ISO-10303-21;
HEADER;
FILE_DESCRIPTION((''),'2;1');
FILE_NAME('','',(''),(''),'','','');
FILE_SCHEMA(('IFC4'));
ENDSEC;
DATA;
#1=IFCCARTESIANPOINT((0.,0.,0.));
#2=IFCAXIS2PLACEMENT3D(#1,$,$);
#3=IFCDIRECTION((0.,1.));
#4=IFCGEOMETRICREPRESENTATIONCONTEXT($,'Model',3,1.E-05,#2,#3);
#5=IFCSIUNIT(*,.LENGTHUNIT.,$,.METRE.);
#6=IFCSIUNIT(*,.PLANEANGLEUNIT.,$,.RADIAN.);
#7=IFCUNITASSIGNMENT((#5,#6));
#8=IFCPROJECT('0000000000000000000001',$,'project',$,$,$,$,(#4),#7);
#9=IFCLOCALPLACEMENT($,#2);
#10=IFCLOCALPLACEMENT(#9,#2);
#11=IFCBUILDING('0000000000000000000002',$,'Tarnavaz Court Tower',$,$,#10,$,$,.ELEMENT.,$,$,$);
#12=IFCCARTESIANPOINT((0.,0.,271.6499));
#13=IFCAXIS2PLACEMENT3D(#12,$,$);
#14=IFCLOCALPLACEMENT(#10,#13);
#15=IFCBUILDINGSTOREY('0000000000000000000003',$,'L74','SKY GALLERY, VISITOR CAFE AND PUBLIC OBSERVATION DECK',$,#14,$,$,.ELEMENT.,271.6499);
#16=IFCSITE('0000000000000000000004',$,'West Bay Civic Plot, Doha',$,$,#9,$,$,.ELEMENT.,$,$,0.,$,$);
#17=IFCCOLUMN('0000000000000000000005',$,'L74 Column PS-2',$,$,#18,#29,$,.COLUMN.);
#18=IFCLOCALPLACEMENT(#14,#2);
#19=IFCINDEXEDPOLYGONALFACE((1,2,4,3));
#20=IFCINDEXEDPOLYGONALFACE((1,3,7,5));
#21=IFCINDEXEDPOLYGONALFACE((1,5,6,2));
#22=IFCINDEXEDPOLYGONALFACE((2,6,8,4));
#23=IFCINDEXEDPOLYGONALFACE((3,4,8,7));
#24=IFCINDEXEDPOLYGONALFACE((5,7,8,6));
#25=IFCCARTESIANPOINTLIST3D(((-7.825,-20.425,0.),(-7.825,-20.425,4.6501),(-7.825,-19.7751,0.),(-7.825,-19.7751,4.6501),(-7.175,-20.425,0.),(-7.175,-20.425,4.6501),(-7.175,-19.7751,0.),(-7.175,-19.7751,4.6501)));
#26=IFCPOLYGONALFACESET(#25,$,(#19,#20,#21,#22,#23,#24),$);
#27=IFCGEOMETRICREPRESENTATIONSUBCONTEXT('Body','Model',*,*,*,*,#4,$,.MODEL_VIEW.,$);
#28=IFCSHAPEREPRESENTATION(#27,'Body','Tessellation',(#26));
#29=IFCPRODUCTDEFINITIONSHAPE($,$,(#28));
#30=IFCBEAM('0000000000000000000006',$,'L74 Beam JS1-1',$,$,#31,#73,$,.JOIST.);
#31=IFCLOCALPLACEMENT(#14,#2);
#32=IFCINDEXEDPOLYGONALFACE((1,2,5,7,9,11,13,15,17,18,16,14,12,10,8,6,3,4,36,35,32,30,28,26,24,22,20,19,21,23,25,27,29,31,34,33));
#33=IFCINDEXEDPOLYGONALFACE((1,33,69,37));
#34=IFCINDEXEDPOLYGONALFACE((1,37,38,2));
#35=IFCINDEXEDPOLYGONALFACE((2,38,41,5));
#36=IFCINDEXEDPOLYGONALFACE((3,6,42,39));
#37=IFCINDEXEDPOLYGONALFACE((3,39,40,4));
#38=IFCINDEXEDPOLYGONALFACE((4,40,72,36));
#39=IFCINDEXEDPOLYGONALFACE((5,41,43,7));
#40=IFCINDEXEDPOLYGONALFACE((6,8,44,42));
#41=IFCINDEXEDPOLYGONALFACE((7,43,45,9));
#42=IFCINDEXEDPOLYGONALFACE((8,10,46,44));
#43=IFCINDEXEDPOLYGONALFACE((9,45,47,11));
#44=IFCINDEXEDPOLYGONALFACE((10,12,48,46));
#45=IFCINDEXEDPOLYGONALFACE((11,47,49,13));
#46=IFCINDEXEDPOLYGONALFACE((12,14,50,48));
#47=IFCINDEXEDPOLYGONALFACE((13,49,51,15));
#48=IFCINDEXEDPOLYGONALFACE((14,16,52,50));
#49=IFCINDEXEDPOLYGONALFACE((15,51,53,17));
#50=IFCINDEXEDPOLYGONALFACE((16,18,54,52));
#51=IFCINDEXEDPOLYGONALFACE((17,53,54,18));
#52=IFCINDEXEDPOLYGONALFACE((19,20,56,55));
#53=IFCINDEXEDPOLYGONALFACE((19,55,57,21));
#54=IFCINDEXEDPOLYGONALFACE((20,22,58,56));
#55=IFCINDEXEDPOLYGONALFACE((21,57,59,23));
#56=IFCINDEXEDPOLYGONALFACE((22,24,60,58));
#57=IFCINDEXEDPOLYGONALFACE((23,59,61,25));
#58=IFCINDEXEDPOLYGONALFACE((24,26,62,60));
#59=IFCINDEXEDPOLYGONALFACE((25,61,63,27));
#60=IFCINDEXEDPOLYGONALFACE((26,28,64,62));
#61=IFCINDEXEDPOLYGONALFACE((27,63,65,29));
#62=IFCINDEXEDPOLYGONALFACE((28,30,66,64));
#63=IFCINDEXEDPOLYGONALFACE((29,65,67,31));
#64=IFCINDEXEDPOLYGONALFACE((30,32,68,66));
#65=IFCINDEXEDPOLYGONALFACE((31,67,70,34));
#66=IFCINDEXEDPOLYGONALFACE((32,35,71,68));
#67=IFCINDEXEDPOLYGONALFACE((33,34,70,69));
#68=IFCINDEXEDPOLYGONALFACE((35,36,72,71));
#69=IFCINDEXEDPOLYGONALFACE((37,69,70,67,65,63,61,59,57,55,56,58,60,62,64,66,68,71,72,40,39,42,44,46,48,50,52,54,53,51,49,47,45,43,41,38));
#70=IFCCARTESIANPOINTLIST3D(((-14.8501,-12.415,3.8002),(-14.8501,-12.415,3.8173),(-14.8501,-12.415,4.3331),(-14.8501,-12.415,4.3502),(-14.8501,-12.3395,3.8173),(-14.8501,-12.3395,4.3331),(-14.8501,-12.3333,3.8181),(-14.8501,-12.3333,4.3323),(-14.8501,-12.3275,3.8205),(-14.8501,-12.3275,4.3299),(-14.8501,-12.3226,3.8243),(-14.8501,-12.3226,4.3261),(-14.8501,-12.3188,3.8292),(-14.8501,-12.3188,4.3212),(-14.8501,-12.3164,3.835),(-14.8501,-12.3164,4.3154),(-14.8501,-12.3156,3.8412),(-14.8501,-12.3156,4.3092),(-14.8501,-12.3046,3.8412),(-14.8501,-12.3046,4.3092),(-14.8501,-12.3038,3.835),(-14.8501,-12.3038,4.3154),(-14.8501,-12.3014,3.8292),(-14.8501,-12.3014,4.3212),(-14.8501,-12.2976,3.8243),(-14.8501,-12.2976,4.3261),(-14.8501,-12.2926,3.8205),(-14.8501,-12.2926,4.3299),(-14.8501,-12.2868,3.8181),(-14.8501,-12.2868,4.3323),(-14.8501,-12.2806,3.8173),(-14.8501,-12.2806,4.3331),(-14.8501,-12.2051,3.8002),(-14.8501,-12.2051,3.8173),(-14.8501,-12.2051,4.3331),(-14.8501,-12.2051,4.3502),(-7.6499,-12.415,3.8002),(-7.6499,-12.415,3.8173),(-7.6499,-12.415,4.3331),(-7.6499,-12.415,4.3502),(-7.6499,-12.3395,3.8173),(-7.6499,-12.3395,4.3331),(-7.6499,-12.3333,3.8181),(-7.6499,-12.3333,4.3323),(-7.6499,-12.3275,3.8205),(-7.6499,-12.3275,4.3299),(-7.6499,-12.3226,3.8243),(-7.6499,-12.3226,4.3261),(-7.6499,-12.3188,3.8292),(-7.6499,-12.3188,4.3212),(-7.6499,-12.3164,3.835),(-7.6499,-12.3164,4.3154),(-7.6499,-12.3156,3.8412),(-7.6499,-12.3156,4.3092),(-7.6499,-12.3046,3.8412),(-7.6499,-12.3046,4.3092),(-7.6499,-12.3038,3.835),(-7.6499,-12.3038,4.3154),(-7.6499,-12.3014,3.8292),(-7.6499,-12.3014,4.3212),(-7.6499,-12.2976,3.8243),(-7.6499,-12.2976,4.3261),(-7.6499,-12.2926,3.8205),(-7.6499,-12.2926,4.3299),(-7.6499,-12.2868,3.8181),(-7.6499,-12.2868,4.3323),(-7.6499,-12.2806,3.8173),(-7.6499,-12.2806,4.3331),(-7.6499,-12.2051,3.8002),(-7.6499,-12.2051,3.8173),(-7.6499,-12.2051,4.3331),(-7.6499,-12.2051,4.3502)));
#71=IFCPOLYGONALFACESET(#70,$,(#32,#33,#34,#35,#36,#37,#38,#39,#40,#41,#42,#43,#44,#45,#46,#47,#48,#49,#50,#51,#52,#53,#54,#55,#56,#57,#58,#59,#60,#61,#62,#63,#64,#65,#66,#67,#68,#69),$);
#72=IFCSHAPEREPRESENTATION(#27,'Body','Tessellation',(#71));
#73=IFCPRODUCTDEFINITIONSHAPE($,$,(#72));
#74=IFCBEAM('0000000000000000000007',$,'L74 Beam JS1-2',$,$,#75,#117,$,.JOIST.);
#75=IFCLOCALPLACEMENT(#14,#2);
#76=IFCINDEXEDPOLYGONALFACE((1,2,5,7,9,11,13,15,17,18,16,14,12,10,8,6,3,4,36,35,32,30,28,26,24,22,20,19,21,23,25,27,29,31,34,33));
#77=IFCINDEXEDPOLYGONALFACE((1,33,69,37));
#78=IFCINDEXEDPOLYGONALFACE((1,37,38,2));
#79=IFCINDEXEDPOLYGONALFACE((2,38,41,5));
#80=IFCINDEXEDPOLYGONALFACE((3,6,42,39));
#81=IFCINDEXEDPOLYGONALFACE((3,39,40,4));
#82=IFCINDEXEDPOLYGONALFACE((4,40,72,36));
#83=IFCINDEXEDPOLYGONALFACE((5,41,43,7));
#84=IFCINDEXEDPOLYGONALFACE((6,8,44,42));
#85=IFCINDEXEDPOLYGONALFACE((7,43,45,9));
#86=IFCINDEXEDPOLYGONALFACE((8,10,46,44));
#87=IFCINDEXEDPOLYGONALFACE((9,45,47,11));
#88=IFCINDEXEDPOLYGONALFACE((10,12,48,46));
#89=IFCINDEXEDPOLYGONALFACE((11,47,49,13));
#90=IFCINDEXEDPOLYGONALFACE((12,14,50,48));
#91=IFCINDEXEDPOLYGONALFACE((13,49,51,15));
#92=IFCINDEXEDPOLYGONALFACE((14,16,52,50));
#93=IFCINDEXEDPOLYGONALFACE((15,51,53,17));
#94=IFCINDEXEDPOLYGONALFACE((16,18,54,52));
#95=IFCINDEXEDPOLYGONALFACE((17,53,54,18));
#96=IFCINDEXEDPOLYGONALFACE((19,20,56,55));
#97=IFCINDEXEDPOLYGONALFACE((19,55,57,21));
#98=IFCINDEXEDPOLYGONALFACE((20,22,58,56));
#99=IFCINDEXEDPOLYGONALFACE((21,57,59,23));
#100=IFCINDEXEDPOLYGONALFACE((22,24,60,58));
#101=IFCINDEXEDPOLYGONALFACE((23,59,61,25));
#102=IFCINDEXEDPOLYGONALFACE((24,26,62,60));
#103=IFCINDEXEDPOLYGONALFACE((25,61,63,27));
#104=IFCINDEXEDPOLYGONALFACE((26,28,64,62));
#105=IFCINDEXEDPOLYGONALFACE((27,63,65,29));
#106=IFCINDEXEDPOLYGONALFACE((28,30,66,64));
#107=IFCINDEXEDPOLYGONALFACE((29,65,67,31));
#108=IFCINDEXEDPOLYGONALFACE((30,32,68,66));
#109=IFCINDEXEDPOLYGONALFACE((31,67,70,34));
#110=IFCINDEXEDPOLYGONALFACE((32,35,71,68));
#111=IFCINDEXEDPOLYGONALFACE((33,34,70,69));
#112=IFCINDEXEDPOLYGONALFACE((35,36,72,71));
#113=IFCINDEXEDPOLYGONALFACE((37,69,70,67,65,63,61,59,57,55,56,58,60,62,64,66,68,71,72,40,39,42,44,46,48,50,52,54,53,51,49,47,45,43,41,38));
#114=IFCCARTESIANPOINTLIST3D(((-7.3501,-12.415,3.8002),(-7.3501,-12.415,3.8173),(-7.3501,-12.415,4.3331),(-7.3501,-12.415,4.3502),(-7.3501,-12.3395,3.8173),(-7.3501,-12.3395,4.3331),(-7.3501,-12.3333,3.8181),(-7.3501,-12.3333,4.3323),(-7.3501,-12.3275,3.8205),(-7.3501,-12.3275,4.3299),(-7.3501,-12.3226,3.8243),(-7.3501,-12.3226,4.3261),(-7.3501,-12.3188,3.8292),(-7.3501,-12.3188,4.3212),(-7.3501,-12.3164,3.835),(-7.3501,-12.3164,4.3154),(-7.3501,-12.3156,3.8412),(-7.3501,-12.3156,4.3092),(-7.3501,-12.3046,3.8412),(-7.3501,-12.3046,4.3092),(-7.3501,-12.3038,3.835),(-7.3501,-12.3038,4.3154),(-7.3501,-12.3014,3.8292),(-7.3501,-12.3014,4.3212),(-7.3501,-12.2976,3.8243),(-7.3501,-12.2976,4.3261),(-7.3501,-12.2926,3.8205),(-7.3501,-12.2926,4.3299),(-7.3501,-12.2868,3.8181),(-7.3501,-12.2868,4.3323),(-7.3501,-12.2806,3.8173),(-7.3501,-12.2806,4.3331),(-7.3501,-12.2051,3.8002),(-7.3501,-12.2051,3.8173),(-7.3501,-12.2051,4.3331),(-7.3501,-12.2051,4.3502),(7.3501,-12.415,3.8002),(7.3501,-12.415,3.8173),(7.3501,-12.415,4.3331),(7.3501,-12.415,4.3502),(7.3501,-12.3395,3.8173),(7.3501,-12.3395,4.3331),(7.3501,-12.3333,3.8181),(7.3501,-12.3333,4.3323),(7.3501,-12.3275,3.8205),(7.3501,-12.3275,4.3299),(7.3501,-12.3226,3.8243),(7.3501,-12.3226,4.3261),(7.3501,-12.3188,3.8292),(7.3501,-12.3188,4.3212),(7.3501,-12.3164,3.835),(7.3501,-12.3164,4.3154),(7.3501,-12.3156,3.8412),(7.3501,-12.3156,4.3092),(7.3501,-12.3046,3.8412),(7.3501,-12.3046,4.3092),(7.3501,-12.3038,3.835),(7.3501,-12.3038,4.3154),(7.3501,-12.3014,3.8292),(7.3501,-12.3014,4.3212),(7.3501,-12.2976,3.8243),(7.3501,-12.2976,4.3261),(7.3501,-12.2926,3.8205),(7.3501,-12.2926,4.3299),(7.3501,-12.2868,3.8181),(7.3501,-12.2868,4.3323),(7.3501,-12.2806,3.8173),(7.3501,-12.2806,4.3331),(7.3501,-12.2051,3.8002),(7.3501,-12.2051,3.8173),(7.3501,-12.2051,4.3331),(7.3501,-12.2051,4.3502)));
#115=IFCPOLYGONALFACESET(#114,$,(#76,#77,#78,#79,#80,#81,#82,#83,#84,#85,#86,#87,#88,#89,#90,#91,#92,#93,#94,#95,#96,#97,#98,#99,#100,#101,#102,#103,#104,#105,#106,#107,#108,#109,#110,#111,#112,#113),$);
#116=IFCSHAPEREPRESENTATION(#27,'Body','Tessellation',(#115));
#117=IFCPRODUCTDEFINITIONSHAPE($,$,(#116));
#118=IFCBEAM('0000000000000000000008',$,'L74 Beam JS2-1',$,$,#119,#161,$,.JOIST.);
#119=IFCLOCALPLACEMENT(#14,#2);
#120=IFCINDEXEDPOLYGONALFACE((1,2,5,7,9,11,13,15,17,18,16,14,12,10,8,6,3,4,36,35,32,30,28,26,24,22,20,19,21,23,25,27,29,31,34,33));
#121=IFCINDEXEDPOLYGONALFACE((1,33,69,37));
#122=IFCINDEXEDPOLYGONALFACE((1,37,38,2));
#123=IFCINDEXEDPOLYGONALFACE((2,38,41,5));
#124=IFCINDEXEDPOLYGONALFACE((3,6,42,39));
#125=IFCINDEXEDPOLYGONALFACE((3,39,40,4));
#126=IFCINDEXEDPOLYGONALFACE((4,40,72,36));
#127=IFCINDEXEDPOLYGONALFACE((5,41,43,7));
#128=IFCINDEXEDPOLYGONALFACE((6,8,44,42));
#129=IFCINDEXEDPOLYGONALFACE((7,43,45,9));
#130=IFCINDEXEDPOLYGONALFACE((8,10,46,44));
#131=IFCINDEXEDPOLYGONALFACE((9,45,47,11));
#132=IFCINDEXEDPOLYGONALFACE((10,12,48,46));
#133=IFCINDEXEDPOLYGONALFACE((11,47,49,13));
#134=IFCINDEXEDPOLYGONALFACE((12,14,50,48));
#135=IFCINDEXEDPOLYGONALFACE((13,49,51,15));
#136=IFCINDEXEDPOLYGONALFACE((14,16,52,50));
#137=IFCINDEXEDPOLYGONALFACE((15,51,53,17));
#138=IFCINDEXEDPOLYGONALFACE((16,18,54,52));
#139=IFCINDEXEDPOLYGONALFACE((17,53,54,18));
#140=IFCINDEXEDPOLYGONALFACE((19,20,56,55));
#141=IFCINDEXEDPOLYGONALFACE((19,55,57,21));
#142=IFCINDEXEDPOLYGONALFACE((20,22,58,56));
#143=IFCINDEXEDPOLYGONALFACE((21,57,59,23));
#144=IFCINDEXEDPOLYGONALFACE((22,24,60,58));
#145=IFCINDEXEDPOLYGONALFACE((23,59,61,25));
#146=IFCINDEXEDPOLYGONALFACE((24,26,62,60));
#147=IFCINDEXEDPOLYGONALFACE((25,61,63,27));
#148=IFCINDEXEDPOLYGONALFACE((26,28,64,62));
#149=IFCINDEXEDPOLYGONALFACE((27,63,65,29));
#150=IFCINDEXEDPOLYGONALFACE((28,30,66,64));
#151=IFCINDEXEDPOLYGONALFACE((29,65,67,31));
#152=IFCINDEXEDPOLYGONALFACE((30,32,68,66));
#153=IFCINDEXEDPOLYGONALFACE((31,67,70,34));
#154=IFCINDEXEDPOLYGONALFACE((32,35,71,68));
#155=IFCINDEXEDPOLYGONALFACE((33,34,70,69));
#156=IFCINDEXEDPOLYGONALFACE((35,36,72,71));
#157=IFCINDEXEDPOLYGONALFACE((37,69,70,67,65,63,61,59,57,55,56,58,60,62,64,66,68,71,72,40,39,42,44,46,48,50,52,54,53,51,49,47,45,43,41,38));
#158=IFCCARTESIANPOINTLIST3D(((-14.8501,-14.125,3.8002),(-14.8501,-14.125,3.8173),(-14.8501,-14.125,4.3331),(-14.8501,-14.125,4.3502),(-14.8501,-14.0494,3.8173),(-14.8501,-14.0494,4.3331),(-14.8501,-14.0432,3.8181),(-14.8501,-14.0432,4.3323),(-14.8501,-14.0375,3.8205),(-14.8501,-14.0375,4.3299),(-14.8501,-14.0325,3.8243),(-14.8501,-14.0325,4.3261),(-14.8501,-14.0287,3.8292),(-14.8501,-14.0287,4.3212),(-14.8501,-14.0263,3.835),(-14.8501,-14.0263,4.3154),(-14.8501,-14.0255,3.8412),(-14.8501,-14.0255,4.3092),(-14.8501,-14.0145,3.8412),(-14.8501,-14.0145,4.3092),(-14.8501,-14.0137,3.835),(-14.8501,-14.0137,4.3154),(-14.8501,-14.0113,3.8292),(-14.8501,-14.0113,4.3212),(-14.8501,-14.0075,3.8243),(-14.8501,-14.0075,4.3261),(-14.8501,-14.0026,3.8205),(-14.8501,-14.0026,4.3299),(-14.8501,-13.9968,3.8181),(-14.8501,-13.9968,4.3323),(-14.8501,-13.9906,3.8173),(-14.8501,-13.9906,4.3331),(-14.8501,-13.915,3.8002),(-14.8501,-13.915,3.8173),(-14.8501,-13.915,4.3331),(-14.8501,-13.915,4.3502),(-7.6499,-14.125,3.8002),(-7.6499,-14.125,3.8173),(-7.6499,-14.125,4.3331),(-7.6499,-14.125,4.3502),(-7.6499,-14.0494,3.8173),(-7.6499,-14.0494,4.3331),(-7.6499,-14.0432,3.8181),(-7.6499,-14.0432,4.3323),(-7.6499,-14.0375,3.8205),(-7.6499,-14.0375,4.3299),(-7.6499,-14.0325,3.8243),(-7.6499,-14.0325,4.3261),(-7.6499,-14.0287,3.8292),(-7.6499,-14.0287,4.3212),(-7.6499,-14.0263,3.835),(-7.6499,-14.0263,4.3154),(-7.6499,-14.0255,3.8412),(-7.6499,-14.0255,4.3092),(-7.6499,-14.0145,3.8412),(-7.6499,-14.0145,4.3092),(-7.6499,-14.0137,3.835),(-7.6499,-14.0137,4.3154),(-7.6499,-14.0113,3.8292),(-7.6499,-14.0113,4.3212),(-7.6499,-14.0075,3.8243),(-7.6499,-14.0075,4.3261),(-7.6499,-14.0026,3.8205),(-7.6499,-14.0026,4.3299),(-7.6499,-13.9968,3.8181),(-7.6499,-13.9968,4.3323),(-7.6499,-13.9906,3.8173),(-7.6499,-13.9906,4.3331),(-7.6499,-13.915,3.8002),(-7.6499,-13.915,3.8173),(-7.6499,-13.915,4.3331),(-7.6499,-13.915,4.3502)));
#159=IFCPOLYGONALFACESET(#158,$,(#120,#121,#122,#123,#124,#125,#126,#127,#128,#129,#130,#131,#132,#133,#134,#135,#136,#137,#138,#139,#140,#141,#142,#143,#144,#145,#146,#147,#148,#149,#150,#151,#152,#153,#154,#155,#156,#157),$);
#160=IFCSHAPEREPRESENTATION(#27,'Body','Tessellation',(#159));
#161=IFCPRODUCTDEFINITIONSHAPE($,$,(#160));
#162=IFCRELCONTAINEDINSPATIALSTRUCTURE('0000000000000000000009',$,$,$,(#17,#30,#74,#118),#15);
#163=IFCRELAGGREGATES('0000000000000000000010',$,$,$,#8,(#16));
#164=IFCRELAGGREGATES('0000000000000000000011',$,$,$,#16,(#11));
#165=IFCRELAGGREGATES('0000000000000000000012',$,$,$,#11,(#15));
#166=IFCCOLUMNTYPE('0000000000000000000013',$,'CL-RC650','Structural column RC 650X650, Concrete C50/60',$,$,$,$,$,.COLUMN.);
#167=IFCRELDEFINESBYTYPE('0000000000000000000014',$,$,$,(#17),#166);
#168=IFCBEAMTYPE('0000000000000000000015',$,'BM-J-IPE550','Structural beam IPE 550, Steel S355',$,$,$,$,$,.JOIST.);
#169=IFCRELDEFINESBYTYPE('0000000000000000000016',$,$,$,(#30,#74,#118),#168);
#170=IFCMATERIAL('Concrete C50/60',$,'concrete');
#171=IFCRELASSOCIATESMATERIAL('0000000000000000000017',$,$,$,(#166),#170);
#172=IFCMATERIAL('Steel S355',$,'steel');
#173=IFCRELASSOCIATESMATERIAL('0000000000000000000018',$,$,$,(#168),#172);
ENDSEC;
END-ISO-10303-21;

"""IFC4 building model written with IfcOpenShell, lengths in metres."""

from ifc_helpers import new_model, si_unit, direction, frame, origin, origin_2d, place, context, subcontext, project, spatial, rectangle, i_section, extrude, material, material_profile, profile_set, type_object, element, save


model = new_model("IFC4")

# Units and contexts
model_context = context("Model", 3, precision=1e-05, world=origin(), true_north=direction((0.0, 1.0)))
body_context = subcontext(model_context, "Body", "Model", "MODEL_VIEW")
ifc_project = project(units=[si_unit("LENGTHUNIT", "METRE"), si_unit("PLANEANGLEUNIT", "RADIAN")], contexts=[model_context])

# Site, building, storey
site_placement = place(None, origin())
site = spatial("IfcSite", under=ifc_project, at=site_placement, Name="West Bay Civic Plot, Doha", CompositionType="ELEMENT", RefElevation=0.0)
building_placement = place(site_placement, origin())
building = spatial("IfcBuilding", under=site, at=building_placement, Name="Tarnavaz Court Tower", CompositionType="ELEMENT")
storey_placement = place(building_placement, frame((0.0, 0.0, 271.6499)))
storey = spatial("IfcBuildingStorey", under=building, at=storey_placement, Name="L74", Description="SKY GALLERY, VISITOR CAFE AND PUBLIC OBSERVATION DECK", CompositionType="ELEMENT", Elevation=271.6499)

# Column
ifc_material_1 = material(Name="Concrete C50/60", Category="concrete")
ifc_material_profile_1 = material_profile(ifc_material_1, rectangle(XDim=0.6499, YDim=0.6499, at=origin_2d()), Name="RC 650X650")
ifc_profile_set_1 = profile_set([ifc_material_profile_1], Name="Concrete C50/60")
column_type = type_object("IfcColumnType", Name="CL-RC650", Description="Structural column RC 650X650, Concrete C50/60", PredefinedType="COLUMN", material=ifc_profile_set_1)
column_placement = place(storey_placement, frame((-7.5, -20.1001, 0.0), z_axis=(0.0, 0.0, 1.0), x_axis=(1.0, 0.0, 0.0)))
element("IfcColumn", 1, at=column_placement, inside=storey, type_object=column_type, Name="L74 Column PS-2", PredefinedType="COLUMN", context=body_context, shape_type="SweptSolid", body=[
    extrude(rectangle(XDim=0.6499, YDim=0.6499, at=origin_2d()), origin(), (0.0, 0.0, 1.0), 4.6501),
])

# Beams
ifc_material_2 = material(Name="Steel S355", Category="steel")
ifc_material_profile_2 = material_profile(ifc_material_2, i_section(OverallWidth=0.21, OverallDepth=0.55, WebThickness=0.011, FlangeThickness=0.0171, FilletRadius=0.0239, at=origin_2d()), Name="IPE 550")
ifc_profile_set_2 = profile_set([ifc_material_profile_2], Name="Steel S355")
beam_type_1 = type_object("IfcBeamType", Name="BM-J-IPE550", Description="Structural beam IPE 550, Steel S355", PredefinedType="JOIST", material=ifc_profile_set_2)
beam_1_placement = place(storey_placement, frame((-14.8501, -12.3101, 4.0752), z_axis=(1.0, 0.0, 0.0), x_axis=(0.0, 1.0, 0.0)))
element("IfcBeam", 2, at=beam_1_placement, inside=storey, type_object=beam_type_1, Name="L74 Beam JS1-1", PredefinedType="JOIST", context=body_context, shape_type="SweptSolid", body=[
    extrude(i_section(OverallWidth=0.21, OverallDepth=0.55, WebThickness=0.011, FlangeThickness=0.0171, FilletRadius=0.0239, at=origin_2d()), origin(), (0.0, 0.0, 1.0), 7.2002),
])
beam_2_placement = place(storey_placement, frame((-7.3501, -12.3101, 4.0752), z_axis=(1.0, 0.0, 0.0), x_axis=(0.0, 1.0, 0.0)))
element("IfcBeam", 3, at=beam_2_placement, inside=storey, type_object=beam_type_1, Name="L74 Beam JS1-2", PredefinedType="JOIST", context=body_context, shape_type="SweptSolid", body=[
    extrude(i_section(OverallWidth=0.21, OverallDepth=0.55, WebThickness=0.011, FlangeThickness=0.0171, FilletRadius=0.0239, at=origin_2d()), origin(), (0.0, 0.0, 1.0), 14.7002),
])
beam_3_placement = place(storey_placement, frame((-14.8501, -14.02, 4.0752), z_axis=(1.0, 0.0, 0.0), x_axis=(0.0, 1.0, 0.0)))
element("IfcBeam", 4, at=beam_3_placement, inside=storey, type_object=beam_type_1, Name="L74 Beam JS2-1", PredefinedType="JOIST", context=body_context, shape_type="SweptSolid", body=[
    extrude(i_section(OverallWidth=0.21, OverallDepth=0.55, WebThickness=0.011, FlangeThickness=0.0171, FilletRadius=0.0239, at=origin_2d()), origin(), (0.0, 0.0, 1.0), 7.2002),
])

save(model, "model.ifc")
